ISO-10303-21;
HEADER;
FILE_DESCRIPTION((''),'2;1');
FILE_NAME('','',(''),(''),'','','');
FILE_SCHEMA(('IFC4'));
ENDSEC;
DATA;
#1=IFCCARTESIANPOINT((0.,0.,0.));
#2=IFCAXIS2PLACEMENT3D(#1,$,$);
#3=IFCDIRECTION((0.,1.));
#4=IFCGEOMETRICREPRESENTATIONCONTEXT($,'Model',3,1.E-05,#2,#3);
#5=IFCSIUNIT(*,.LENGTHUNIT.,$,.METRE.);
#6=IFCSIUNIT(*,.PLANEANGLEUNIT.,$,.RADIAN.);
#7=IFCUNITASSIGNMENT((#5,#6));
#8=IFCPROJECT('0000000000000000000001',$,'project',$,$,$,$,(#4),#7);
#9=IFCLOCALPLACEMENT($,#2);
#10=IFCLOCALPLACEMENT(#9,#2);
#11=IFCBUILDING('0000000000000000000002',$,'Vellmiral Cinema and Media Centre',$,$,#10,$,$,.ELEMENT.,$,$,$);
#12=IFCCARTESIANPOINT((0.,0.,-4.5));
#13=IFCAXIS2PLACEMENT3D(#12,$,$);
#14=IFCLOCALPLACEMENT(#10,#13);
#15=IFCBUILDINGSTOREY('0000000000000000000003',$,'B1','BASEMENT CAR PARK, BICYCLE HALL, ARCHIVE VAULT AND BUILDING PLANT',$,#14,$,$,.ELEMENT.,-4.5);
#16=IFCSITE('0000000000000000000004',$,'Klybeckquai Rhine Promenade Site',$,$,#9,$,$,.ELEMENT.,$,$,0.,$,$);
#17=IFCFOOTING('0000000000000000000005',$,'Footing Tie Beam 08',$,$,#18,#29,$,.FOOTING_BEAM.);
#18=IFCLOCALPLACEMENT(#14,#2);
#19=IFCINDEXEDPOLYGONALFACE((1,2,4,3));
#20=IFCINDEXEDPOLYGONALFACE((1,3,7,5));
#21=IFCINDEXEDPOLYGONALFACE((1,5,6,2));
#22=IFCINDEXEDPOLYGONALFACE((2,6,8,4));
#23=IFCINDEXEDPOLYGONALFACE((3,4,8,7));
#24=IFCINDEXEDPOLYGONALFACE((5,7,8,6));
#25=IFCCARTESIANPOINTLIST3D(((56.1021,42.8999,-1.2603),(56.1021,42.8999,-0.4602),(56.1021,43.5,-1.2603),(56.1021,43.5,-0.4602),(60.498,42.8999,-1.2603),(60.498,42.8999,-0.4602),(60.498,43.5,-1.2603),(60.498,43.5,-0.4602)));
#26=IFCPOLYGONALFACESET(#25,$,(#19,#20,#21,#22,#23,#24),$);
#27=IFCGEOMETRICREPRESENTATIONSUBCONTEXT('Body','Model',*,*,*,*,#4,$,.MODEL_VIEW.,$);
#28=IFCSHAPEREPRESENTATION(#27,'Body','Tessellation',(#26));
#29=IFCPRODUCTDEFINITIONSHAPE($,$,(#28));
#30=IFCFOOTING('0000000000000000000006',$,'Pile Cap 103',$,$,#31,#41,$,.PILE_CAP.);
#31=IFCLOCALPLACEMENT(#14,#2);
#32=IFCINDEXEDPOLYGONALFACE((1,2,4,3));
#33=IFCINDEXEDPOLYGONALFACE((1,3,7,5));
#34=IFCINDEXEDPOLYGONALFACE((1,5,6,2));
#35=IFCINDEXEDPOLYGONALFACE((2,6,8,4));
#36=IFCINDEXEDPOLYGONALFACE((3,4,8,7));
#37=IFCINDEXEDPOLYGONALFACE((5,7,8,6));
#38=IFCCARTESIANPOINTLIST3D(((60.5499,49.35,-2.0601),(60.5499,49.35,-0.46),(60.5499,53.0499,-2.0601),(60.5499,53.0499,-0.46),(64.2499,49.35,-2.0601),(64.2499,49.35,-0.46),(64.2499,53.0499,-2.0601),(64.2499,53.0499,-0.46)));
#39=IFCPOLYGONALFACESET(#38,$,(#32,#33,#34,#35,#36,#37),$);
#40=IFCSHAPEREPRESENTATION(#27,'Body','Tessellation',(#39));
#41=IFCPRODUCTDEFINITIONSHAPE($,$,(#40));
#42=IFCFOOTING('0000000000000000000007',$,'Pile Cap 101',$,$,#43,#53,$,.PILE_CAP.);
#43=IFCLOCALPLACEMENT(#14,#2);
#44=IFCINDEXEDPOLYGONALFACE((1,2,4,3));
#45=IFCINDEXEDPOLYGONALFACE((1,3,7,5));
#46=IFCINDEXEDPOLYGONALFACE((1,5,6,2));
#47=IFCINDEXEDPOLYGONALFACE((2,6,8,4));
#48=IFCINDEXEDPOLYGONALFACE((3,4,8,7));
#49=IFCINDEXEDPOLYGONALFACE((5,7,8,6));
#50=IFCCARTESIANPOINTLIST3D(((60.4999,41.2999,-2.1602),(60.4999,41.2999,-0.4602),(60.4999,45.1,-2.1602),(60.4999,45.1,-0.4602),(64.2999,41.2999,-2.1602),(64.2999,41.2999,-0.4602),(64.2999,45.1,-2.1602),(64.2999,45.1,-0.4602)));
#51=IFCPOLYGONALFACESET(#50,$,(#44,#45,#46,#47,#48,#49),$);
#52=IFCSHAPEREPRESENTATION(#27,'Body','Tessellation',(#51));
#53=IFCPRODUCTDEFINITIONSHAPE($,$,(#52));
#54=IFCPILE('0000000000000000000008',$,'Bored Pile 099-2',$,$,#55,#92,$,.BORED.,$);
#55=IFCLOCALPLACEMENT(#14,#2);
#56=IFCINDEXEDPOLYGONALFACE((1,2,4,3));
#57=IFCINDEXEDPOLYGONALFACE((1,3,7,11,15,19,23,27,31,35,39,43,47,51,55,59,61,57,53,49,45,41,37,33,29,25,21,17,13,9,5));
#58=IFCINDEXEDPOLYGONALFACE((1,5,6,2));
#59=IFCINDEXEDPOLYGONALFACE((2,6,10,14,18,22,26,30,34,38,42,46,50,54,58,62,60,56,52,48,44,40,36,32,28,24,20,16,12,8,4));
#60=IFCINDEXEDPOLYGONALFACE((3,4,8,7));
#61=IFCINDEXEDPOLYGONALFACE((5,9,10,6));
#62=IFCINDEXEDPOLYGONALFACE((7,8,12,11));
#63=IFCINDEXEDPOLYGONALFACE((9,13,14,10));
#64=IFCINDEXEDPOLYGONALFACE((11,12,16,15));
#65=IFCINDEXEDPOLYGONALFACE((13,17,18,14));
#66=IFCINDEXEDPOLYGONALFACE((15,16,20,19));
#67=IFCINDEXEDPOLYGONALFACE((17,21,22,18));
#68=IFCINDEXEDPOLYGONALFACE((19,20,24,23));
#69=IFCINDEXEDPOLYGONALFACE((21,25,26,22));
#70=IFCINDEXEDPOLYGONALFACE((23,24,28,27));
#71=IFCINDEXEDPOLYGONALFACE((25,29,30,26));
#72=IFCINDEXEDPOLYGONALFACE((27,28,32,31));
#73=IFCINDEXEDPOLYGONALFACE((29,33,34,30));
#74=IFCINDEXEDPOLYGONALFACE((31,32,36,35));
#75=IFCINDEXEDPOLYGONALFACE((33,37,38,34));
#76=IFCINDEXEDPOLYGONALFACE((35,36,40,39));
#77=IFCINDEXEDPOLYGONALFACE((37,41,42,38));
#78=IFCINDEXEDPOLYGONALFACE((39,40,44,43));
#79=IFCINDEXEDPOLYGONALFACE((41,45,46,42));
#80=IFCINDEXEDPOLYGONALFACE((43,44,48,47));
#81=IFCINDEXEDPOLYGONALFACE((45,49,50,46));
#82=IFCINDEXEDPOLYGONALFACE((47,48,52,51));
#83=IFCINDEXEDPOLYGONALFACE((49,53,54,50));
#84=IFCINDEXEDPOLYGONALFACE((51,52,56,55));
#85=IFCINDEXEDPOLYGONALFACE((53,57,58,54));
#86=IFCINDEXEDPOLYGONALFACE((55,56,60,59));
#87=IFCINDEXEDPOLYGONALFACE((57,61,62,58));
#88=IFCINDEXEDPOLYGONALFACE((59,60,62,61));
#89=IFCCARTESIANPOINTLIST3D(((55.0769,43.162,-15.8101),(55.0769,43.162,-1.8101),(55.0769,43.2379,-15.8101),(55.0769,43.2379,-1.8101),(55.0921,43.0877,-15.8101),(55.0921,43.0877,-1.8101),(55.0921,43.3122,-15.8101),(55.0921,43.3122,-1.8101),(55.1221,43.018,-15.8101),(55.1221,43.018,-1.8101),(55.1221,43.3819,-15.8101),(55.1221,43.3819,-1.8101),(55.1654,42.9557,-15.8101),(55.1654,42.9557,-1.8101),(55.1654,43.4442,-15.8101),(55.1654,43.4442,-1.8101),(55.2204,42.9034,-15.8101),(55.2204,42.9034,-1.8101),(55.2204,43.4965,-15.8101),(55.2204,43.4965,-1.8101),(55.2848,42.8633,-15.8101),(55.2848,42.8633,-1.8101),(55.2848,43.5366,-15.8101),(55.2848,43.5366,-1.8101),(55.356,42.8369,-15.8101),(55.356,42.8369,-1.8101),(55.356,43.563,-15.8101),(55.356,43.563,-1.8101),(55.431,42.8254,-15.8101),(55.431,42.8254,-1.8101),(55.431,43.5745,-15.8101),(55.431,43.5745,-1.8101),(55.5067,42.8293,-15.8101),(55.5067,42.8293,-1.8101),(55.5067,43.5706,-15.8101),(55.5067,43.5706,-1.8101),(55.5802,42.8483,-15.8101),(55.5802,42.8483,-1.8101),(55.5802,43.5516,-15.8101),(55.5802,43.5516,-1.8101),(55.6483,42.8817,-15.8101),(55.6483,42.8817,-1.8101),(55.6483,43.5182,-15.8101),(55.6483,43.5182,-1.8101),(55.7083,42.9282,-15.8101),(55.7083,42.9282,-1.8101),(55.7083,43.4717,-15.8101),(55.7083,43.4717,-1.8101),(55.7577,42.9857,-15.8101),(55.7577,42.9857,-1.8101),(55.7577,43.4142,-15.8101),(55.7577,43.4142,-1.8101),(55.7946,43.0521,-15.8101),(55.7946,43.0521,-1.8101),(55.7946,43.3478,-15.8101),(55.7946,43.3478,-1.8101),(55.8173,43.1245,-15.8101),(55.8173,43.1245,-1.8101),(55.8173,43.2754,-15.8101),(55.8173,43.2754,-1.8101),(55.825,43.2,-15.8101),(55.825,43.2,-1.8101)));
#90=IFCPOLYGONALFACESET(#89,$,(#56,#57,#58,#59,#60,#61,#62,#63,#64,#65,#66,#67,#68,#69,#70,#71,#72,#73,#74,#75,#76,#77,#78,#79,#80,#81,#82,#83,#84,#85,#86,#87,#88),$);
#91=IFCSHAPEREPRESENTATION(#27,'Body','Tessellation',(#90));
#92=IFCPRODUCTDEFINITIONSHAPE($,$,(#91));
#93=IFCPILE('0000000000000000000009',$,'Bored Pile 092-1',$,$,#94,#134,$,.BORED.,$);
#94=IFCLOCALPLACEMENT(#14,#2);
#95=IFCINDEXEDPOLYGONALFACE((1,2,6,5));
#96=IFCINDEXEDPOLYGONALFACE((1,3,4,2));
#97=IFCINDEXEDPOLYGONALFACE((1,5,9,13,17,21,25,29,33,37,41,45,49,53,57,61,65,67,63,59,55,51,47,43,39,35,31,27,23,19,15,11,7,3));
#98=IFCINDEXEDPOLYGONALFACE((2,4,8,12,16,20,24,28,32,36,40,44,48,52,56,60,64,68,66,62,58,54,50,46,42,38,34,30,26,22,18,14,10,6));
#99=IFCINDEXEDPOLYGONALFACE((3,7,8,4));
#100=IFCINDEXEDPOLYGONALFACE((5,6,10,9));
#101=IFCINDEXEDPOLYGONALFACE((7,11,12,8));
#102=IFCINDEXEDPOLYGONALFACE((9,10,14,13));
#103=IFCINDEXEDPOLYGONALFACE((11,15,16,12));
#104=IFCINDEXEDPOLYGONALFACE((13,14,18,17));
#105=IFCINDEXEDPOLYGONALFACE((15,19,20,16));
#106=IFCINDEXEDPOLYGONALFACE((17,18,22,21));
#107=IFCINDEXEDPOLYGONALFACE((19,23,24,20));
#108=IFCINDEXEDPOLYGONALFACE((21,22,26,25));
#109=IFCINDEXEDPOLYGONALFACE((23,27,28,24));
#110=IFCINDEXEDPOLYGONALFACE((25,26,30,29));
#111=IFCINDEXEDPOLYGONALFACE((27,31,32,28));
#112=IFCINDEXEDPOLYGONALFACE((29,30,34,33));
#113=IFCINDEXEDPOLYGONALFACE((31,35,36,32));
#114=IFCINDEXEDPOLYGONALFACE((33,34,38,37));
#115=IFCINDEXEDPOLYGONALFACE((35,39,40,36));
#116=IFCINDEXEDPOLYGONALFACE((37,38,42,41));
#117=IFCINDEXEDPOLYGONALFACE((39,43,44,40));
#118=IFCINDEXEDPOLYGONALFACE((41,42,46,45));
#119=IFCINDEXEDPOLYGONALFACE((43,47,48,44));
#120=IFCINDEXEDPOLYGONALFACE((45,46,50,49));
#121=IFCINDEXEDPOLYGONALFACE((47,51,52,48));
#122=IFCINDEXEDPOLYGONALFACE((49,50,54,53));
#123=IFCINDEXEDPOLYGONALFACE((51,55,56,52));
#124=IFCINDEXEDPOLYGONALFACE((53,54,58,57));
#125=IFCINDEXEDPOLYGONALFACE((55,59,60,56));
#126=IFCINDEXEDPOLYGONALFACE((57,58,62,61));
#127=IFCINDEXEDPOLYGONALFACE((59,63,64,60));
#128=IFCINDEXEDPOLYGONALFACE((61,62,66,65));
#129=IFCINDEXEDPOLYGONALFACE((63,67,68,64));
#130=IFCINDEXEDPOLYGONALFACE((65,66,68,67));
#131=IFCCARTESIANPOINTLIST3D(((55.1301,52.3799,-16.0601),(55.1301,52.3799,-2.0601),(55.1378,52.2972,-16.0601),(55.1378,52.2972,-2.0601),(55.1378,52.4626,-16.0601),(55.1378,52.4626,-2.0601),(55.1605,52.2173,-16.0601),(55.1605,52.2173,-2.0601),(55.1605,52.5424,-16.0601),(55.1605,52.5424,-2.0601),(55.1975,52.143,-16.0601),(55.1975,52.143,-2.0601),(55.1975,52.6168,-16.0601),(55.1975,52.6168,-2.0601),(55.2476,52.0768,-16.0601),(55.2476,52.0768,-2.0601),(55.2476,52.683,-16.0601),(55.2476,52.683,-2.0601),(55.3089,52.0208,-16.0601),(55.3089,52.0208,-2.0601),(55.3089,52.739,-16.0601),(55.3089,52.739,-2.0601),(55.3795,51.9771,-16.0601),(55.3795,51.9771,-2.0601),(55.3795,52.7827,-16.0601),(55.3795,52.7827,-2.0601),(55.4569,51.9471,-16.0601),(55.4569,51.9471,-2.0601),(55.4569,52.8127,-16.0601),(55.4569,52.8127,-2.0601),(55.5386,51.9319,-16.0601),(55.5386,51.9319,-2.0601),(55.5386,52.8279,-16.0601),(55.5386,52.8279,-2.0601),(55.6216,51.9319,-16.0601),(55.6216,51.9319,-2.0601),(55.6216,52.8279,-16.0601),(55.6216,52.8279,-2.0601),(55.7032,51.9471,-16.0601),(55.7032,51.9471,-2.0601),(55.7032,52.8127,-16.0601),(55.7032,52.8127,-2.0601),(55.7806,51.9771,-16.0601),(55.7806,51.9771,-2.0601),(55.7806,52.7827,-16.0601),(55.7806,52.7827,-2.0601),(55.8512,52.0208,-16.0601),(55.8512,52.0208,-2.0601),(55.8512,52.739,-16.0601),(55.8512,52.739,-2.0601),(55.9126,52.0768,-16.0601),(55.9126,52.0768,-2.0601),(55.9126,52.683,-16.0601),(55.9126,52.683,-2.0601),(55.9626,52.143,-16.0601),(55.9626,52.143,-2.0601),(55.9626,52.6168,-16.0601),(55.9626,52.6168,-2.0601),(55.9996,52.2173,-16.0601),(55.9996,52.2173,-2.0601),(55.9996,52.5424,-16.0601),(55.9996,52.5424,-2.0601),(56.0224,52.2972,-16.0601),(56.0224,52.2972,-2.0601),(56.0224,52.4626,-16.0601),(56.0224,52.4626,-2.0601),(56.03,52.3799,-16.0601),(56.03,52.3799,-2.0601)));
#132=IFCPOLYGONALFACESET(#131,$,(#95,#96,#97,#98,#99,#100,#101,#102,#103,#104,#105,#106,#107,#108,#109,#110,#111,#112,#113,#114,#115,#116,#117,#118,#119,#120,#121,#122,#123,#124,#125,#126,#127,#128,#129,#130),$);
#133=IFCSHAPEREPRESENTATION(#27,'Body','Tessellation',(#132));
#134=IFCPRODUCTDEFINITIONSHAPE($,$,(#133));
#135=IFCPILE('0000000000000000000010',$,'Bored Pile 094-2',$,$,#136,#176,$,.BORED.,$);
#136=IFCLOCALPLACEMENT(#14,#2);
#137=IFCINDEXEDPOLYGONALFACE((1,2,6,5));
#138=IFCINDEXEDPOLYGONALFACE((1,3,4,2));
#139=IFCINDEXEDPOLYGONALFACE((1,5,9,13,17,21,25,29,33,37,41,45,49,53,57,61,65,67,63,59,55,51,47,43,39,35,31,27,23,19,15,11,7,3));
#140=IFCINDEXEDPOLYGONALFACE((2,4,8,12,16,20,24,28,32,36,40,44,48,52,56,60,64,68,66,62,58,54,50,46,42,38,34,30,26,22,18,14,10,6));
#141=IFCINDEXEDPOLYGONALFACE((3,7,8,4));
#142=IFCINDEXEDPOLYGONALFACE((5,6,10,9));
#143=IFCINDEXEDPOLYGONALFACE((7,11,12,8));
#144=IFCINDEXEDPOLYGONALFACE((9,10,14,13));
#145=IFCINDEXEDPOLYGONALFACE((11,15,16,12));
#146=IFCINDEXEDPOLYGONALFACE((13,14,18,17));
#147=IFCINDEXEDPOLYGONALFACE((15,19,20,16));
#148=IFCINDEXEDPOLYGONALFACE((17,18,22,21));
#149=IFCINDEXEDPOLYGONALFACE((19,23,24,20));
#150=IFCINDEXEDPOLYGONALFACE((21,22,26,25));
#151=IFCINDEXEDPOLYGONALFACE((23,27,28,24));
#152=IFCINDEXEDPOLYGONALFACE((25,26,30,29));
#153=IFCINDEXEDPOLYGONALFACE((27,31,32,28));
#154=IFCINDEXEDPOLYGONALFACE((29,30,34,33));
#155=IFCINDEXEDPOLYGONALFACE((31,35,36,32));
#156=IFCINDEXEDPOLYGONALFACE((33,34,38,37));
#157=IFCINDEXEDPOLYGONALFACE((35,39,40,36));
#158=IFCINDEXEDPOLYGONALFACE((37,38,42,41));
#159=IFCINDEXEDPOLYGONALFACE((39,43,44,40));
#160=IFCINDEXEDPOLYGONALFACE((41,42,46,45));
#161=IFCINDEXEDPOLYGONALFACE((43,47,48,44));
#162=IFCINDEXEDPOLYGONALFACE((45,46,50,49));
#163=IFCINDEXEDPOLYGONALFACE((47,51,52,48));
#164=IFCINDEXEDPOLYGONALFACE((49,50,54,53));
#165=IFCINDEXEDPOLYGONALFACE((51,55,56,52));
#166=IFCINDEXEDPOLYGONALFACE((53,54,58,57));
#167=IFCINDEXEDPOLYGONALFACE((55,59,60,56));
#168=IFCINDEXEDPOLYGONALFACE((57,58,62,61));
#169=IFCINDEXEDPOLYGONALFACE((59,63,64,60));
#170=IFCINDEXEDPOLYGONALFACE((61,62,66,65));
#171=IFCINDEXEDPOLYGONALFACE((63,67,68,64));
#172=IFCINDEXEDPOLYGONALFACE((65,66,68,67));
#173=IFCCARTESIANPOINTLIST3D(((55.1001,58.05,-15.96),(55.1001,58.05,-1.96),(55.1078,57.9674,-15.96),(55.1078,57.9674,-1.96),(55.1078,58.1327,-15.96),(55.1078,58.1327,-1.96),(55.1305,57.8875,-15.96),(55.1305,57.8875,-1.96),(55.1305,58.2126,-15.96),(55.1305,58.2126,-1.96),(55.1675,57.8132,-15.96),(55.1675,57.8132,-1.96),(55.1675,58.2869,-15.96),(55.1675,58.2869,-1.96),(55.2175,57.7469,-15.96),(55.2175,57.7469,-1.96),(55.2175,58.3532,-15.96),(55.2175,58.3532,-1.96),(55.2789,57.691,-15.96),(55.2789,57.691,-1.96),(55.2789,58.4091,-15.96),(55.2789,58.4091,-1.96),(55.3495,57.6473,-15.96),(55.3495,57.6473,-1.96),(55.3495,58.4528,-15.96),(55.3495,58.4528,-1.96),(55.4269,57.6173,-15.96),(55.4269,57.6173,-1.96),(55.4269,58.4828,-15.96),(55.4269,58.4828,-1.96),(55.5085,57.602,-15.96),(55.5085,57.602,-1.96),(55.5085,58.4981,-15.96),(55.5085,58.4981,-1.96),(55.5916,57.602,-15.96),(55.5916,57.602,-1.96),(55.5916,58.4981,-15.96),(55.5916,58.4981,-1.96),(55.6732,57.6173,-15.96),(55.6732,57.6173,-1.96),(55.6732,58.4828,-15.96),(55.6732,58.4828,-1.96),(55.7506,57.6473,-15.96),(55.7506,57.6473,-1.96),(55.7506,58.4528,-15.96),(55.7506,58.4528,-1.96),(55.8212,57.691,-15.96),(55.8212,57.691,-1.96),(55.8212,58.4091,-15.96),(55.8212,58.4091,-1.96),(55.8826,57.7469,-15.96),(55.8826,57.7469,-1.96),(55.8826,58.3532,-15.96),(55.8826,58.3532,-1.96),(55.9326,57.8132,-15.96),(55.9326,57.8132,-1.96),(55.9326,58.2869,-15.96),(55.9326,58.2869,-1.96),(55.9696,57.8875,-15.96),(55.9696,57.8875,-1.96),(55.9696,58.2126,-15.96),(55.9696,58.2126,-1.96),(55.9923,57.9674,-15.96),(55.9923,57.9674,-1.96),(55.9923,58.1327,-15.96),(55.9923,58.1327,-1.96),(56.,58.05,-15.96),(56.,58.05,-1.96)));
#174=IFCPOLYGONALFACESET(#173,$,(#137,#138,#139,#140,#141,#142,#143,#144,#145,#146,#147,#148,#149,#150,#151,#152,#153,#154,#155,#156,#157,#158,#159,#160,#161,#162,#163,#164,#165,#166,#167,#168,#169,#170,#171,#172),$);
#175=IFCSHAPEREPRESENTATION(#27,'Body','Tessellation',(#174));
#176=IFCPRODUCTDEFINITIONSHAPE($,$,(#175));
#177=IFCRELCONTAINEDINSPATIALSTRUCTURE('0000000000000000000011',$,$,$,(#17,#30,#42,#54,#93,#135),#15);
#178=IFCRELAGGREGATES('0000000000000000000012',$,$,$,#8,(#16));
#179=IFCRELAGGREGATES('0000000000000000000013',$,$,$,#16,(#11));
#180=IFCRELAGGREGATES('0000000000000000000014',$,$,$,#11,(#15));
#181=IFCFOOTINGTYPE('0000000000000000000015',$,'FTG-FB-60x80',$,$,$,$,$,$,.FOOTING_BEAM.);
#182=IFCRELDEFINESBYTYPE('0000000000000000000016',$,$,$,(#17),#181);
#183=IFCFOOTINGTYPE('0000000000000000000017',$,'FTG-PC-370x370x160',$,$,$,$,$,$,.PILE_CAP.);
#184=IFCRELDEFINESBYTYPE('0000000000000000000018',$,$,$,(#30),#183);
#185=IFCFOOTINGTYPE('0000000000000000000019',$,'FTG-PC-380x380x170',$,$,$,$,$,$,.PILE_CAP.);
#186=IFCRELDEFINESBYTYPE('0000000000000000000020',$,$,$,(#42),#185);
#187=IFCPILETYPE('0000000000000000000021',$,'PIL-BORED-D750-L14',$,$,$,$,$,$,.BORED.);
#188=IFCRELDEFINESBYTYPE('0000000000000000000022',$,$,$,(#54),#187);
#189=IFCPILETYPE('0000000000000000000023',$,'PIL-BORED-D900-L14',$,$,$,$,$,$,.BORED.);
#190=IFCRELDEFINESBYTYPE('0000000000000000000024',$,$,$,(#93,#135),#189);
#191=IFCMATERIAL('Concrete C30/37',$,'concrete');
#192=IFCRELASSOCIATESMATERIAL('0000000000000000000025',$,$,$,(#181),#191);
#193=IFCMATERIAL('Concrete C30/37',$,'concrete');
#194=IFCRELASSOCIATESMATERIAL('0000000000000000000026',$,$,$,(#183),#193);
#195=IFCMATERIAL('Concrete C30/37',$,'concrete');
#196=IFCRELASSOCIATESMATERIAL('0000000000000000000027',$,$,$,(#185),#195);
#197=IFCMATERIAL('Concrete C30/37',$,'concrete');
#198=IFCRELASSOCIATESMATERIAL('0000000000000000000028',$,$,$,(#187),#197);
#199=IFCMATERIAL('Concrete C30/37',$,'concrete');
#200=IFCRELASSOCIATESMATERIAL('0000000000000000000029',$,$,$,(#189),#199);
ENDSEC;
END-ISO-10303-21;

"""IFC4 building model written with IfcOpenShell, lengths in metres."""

from ifc_helpers import new_model, si_unit, direction, frame, origin, origin_2d, place, context, subcontext, project, spatial, rectangle, circle, extrude, material, material_profile, profile_set, type_object, element, save


model = new_model("IFC4")

# Units and contexts
model_context = context("Model", 3, precision=1e-05, world=origin(), true_north=direction((0.0, 1.0)))
body_context = subcontext(model_context, "Body", "Model", "MODEL_VIEW")
ifc_project = project(units=[si_unit("LENGTHUNIT", "METRE"), si_unit("PLANEANGLEUNIT", "RADIAN")], contexts=[model_context])

# Site, building, storey
site_placement = place(None, origin())
site = spatial("IfcSite", under=ifc_project, at=site_placement, Name="Klybeckquai Rhine Promenade Site", CompositionType="ELEMENT", RefElevation=0.0)
building_placement = place(site_placement, origin())
building = spatial("IfcBuilding", under=site, at=building_placement, Name="Vellmiral Cinema and Media Centre", CompositionType="ELEMENT")
storey_placement = place(building_placement, frame((0.0, 0.0, -4.5)))
storey = spatial("IfcBuildingStorey", under=building, at=storey_placement, Name="B1", Description="BASEMENT CAR PARK, BICYCLE HALL, ARCHIVE VAULT AND BUILDING PLANT", CompositionType="ELEMENT", Elevation=-4.5)

# Footings
ifc_material_1 = material(Name="Concrete C30/37", Category="concrete")
footing_type_1 = type_object("IfcFootingType", Name="FTG-FB-60x80", PredefinedType="FOOTING_BEAM", material=ifc_material_1)
footing_1_placement = place(storey_placement, frame((58.3, 43.2, -1.2603), z_axis=(0.0, 0.0, 1.0), x_axis=(1.0, 0.0, 0.0)))
element("IfcFooting", 1, at=footing_1_placement, inside=storey, type_object=footing_type_1, Name="Footing Tie Beam 08", PredefinedType="FOOTING_BEAM", context=body_context, shape_type="SweptSolid", body=[
    extrude(rectangle(XDim=4.396, YDim=0.6001, at=origin_2d()), origin(), (0.0, 0.0, 1.0), 0.8),
])
ifc_material_2 = material(Name="Concrete C30/37", Category="concrete")
footing_type_2 = type_object("IfcFootingType", Name="FTG-PC-370x370x160", PredefinedType="PILE_CAP", material=ifc_material_2)
footing_2_placement = place(storey_placement, frame((62.3999, 51.2, -2.0601), z_axis=(0.0, 0.0, 1.0), x_axis=(1.0, 0.0, 0.0)))
element("IfcFooting", 2, at=footing_2_placement, inside=storey, type_object=footing_type_2, Name="Pile Cap 103", PredefinedType="PILE_CAP", context=body_context, shape_type="SweptSolid", body=[
    extrude(rectangle(XDim=3.7, YDim=3.7, at=origin_2d()), origin(), (0.0, 0.0, 1.0), 1.6001),
])
ifc_material_3 = material(Name="Concrete C30/37", Category="concrete")
footing_type_3 = type_object("IfcFootingType", Name="FTG-PC-380x380x170", PredefinedType="PILE_CAP", material=ifc_material_3)
footing_3_placement = place(storey_placement, frame((62.3999, 43.2, -2.1602), z_axis=(0.0, 0.0, 1.0), x_axis=(1.0, 0.0, 0.0)))
element("IfcFooting", 3, at=footing_3_placement, inside=storey, type_object=footing_type_3, Name="Pile Cap 101", PredefinedType="PILE_CAP", context=body_context, shape_type="SweptSolid", body=[
    extrude(rectangle(XDim=3.8, YDim=3.8, at=origin_2d()), origin(), (0.0, 0.0, 1.0), 1.7),
])

# Piles
ifc_material_4 = material(Name="Concrete C30/37", Category="concrete")
ifc_material_profile_1 = material_profile(ifc_material_4, circle(Radius=0.375, at=origin_2d()), Name="PILE D750")
ifc_profile_set_1 = profile_set([ifc_material_profile_1], Name="Concrete C30/37")
pile_type_1 = type_object("IfcPileType", Name="PIL-BORED-D750-L14", PredefinedType="BORED", material=ifc_profile_set_1)
pile_placement = place(storey_placement, frame((55.45, 43.2, -1.8101), z_axis=(0.0, 0.0, -1.0), x_axis=(1.0, 0.0, 0.0)))
element("IfcPile", 4, at=pile_placement, inside=storey, type_object=pile_type_1, Name="Bored Pile 099-2", PredefinedType="BORED", context=body_context, shape_type="SweptSolid", body=[
    extrude(circle(Radius=0.375, at=origin_2d()), origin(), (0.0, 0.0, 1.0), 14.0),
])
ifc_material_5 = material(Name="Concrete C30/37", Category="concrete")
ifc_material_profile_2 = material_profile(ifc_material_5, circle(Radius=0.45, at=origin_2d()), Name="PILE D900")
ifc_profile_set_2 = profile_set([ifc_material_profile_2], Name="Concrete C30/37")
pile_type_2 = type_object("IfcPileType", Name="PIL-BORED-D900-L14", PredefinedType="BORED", material=ifc_profile_set_2)
for number, where, z_axis, x_axis, name in (
    (5, (55.5801, 52.3799, -2.0601), (0.0, 0.0, -1.0), (1.0, 0.0, 0.0), "Bored Pile 092-1"),
    (6, (55.55, 58.05, -1.96), (0.0, 0.0, -1.0), (1.0, 0.0, 0.0), "Bored Pile 094-2"),
):
    element("IfcPile", number, at=place(storey_placement, frame(where, z_axis=z_axis, x_axis=x_axis)), inside=storey, type_object=pile_type_2, Name=name, PredefinedType="BORED", context=body_context, shape_type="SweptSolid", body=[
        extrude(circle(Radius=0.45, at=origin_2d()), origin(), (0.0, 0.0, 1.0), 14.0),
    ])

save(model, "model.ifc")
